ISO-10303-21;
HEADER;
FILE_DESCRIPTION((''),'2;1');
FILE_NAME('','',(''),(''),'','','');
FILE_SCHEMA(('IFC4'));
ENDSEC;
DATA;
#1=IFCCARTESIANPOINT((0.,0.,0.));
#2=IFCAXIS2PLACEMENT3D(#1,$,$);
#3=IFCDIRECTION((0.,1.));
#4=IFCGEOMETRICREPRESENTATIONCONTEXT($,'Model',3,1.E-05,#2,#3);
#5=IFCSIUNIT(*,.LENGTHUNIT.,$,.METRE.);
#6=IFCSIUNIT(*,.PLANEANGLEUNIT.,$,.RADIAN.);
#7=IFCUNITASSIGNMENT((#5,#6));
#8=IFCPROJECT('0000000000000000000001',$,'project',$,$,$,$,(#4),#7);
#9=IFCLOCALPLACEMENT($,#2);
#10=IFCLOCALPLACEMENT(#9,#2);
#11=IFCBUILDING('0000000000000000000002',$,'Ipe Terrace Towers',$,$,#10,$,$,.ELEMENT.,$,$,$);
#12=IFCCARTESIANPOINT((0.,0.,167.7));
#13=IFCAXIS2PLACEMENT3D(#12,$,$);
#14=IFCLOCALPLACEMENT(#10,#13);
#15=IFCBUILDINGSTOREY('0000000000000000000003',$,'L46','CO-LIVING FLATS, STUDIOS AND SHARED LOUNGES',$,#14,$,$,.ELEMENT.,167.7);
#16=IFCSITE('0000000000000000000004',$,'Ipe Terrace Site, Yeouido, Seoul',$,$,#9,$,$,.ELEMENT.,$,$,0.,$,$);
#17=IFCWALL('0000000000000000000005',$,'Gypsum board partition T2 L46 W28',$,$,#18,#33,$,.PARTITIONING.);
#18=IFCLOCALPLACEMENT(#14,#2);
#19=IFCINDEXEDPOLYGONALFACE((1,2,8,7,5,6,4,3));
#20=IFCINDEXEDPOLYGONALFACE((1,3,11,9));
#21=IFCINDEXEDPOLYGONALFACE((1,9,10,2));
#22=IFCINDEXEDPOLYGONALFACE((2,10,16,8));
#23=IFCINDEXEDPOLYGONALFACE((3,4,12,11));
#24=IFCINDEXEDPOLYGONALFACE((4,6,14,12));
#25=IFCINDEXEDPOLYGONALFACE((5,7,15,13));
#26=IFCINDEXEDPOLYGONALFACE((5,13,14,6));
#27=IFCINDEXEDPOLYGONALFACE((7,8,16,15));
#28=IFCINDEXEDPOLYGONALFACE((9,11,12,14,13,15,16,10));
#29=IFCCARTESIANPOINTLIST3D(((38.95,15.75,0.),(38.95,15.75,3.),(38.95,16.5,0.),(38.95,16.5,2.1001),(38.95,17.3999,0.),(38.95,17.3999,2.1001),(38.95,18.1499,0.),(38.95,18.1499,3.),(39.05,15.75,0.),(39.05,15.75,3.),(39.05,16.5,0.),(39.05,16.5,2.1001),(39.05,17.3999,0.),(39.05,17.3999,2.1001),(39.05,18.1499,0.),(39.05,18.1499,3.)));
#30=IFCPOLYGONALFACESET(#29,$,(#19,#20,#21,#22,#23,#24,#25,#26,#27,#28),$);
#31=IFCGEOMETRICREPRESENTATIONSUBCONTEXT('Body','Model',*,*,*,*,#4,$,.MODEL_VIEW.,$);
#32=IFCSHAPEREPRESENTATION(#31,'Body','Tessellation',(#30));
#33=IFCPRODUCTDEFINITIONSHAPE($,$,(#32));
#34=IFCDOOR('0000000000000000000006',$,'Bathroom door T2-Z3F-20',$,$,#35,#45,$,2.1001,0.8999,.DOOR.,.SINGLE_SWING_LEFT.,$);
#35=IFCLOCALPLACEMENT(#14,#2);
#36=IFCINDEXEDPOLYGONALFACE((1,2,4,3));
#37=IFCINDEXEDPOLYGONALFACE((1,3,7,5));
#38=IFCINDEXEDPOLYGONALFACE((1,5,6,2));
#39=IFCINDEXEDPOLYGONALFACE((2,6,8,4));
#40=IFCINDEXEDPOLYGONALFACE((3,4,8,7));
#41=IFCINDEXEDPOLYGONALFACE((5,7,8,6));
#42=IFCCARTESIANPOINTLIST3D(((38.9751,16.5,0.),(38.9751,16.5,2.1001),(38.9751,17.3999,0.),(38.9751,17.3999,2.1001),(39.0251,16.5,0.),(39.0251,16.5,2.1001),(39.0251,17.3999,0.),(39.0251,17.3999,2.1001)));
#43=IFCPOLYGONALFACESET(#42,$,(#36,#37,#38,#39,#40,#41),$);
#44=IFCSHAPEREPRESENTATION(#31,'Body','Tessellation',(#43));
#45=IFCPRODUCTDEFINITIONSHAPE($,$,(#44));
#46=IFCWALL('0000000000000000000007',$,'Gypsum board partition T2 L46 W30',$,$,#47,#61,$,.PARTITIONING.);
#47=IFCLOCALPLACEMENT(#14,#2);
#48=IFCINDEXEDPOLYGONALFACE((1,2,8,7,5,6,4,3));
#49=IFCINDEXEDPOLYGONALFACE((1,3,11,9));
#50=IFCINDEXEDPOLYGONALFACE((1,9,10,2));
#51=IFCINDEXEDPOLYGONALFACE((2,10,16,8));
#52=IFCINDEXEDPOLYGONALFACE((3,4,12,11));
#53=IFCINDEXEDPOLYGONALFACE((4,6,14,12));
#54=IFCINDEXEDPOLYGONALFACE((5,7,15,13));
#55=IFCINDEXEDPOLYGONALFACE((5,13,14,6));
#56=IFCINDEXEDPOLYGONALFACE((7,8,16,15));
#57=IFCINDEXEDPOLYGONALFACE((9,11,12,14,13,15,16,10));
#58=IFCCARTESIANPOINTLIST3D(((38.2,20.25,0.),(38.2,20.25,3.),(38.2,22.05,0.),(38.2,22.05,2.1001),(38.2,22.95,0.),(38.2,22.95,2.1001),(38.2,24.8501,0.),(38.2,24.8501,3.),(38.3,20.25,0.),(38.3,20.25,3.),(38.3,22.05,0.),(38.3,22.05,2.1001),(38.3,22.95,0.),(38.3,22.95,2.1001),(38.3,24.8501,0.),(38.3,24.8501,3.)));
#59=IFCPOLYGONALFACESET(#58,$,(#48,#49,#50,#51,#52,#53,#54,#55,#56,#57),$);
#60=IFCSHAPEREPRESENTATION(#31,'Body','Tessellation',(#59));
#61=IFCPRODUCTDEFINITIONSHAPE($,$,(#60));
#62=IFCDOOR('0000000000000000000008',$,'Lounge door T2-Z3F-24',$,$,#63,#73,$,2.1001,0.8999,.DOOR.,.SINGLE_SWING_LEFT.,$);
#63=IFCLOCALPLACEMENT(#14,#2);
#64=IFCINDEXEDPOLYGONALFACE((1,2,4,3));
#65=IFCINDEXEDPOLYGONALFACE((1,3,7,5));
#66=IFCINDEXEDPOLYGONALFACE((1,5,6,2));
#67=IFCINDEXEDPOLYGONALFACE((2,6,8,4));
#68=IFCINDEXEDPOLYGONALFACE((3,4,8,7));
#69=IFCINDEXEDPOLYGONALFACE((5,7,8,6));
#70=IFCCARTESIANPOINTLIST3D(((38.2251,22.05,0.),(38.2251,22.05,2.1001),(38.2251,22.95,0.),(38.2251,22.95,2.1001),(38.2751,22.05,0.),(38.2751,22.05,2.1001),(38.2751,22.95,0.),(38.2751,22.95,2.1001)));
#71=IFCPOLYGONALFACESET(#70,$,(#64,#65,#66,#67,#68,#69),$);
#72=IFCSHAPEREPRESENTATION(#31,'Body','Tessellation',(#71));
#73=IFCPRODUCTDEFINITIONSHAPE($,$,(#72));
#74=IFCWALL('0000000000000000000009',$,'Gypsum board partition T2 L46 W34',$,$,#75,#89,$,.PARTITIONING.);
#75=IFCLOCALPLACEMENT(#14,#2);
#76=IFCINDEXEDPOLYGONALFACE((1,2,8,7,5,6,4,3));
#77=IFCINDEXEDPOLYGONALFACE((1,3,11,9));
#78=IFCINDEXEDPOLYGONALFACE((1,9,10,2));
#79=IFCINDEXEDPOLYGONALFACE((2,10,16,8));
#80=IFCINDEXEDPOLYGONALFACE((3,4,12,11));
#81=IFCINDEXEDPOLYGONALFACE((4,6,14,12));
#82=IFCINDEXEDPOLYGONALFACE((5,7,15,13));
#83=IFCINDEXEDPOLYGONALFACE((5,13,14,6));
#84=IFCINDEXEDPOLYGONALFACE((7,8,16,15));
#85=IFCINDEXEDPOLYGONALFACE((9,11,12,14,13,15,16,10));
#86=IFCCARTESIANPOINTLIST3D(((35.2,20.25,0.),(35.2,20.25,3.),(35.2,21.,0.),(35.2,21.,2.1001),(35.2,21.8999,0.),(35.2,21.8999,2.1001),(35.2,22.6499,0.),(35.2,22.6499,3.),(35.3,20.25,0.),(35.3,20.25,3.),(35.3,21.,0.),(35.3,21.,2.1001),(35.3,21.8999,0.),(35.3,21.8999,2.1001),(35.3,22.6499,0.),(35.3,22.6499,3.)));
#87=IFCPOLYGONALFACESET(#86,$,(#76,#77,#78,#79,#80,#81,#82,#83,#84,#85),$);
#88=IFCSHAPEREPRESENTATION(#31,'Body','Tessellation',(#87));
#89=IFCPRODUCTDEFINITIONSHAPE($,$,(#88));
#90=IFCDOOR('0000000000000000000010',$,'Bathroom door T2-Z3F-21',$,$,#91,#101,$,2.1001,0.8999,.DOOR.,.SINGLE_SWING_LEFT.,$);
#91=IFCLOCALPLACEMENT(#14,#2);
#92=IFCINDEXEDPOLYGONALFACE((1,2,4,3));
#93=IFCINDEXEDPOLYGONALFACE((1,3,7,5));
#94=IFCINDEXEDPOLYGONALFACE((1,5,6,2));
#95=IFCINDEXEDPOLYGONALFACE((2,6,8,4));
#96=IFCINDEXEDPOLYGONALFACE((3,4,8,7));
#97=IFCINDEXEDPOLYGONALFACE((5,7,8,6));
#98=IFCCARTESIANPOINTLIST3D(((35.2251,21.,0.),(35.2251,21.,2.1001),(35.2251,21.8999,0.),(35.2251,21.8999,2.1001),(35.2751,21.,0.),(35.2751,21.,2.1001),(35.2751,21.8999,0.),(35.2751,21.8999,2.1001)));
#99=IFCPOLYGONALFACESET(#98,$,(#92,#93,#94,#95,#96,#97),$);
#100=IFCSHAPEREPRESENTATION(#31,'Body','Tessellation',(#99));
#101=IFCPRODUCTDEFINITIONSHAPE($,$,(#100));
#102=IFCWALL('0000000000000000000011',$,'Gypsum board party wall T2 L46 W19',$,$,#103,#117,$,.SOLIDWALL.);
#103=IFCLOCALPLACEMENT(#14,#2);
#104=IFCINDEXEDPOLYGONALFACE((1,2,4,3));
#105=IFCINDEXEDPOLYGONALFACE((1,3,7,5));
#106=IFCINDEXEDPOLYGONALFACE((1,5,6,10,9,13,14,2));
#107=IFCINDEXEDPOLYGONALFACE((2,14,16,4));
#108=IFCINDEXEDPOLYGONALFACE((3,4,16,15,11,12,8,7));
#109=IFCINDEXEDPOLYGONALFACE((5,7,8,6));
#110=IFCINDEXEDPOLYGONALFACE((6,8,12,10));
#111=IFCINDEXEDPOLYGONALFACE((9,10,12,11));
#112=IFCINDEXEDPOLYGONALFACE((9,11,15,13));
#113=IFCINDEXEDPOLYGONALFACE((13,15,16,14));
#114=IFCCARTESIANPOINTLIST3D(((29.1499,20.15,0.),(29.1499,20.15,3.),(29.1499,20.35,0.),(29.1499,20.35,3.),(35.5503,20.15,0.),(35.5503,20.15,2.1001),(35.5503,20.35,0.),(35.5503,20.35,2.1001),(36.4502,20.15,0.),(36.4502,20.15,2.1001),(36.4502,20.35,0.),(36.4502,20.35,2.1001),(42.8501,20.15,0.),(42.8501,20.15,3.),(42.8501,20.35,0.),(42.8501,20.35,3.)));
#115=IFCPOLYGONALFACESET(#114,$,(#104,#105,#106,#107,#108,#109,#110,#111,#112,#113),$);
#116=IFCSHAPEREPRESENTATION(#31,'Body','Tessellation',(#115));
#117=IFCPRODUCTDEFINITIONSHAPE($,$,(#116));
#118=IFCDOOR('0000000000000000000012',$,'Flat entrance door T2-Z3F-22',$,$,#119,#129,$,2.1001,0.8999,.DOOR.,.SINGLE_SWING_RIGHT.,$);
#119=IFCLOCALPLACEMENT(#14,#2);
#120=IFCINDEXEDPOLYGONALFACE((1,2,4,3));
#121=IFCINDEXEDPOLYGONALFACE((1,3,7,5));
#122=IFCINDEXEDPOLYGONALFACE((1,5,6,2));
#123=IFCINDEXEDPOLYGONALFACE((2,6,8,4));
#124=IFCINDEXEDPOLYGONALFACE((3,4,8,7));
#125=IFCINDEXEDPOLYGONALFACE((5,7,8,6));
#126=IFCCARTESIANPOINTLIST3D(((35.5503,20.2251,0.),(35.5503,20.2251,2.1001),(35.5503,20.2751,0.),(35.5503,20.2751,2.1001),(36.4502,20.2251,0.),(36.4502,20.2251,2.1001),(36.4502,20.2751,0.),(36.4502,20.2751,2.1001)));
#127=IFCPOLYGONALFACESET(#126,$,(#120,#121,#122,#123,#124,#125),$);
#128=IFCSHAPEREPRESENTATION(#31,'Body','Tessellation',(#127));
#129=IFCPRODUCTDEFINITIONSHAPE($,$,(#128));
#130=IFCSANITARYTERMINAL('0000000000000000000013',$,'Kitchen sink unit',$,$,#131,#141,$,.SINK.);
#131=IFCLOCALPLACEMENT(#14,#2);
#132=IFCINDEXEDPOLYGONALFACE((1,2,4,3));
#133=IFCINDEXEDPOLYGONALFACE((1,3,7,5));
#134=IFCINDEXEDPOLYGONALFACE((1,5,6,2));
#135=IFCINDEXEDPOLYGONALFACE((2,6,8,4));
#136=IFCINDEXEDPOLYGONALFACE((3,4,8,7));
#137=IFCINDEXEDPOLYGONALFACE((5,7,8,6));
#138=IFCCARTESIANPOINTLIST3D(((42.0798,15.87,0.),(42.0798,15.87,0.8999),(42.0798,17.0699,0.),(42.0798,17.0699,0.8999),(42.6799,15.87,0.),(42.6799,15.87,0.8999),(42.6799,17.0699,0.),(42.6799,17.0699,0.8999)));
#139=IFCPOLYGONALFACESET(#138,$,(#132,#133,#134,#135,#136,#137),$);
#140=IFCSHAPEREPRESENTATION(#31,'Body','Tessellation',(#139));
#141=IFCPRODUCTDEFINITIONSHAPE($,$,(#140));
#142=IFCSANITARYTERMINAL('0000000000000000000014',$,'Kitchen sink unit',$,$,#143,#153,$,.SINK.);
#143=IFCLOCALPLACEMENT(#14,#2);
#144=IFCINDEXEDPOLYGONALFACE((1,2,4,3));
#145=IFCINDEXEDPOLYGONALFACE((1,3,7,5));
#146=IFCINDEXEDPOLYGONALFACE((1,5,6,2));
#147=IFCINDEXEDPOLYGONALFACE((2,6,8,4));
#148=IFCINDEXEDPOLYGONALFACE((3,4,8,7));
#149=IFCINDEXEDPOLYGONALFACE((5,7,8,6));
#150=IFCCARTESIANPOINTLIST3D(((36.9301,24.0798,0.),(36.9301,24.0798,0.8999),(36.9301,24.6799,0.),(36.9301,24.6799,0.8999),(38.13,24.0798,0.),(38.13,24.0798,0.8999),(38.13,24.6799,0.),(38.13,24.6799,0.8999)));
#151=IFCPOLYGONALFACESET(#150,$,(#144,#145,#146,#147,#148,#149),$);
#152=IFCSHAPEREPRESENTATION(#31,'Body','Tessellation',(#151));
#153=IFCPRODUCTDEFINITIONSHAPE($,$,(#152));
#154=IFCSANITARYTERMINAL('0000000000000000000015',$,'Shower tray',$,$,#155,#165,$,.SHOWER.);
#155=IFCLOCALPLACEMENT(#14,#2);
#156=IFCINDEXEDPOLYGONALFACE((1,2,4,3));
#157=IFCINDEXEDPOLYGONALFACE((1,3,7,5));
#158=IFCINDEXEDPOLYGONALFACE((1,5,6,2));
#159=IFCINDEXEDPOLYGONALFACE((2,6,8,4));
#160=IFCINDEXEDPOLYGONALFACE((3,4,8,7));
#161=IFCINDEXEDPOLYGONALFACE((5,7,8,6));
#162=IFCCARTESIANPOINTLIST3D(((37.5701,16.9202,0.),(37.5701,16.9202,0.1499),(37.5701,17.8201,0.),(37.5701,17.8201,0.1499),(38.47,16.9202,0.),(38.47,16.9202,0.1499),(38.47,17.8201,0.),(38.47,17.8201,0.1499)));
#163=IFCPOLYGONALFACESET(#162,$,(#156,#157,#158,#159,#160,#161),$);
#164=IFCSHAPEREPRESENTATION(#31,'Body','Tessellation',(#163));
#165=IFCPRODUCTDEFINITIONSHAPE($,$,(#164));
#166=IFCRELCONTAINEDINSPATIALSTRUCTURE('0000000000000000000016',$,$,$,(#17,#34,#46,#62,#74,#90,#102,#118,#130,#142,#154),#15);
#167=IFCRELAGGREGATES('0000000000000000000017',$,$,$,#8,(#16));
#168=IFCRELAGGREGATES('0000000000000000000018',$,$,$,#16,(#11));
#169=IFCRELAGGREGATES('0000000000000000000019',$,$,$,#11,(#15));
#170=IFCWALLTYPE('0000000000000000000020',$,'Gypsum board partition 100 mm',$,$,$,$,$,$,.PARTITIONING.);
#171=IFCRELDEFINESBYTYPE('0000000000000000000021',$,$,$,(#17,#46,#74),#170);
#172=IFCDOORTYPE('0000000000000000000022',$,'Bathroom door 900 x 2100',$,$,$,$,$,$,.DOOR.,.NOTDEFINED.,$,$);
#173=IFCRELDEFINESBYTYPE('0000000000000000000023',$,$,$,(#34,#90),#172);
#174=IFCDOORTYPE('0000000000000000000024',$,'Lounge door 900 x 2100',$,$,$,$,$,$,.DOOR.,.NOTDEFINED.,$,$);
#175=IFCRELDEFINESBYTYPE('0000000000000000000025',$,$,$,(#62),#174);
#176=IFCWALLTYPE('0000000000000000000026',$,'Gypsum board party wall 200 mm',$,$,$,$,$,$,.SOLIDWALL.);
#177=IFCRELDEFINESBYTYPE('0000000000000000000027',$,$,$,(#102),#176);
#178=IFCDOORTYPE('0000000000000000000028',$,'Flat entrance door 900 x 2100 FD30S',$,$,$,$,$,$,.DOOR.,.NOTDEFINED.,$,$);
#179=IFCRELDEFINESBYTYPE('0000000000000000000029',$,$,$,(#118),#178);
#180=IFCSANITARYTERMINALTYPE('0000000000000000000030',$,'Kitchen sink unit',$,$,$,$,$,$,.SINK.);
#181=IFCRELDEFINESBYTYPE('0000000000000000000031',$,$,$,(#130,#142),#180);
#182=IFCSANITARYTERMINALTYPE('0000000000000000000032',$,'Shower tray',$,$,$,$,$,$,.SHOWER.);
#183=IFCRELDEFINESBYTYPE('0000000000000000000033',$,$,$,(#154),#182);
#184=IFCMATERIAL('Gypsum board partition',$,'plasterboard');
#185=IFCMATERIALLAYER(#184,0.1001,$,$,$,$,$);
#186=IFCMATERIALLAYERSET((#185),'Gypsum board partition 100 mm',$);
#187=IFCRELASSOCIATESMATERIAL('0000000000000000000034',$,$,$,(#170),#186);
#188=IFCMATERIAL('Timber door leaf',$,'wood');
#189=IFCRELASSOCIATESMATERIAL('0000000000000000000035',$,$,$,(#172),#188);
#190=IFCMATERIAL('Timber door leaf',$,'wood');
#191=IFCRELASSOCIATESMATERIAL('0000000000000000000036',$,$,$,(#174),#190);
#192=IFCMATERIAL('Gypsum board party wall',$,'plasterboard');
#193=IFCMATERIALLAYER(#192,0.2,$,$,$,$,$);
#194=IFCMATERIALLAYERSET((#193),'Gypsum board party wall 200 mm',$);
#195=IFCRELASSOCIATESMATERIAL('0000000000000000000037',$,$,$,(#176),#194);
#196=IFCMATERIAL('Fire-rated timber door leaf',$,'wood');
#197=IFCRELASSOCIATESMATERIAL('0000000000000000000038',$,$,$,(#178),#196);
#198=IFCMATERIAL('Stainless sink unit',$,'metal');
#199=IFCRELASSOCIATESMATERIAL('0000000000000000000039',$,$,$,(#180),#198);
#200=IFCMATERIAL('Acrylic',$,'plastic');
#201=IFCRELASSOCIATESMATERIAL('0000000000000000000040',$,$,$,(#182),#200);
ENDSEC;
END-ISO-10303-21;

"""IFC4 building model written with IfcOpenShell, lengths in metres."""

from ifc_helpers import new_model, si_unit, direction, frame, frame_2d, origin, origin_2d, place, context, subcontext, project, spatial, rectangle, extrude, material, layer, layer_set, type_object, element, fill, save


model = new_model("IFC4")

# Units and contexts
model_context = context("Model", 3, precision=1e-05, world=origin(), true_north=direction((0.0, 1.0)))
body_context = subcontext(model_context, "Body", "Model", "MODEL_VIEW")
ifc_project = project(units=[si_unit("LENGTHUNIT", "METRE"), si_unit("PLANEANGLEUNIT", "RADIAN")], contexts=[model_context])

# Site, building, storey
site_placement = place(None, origin())
site = spatial("IfcSite", under=ifc_project, at=site_placement, Name="Ipe Terrace Site, Yeouido, Seoul", CompositionType="ELEMENT", RefElevation=0.0)
building_placement = place(site_placement, origin())
building = spatial("IfcBuilding", under=site, at=building_placement, Name="Ipe Terrace Towers", CompositionType="ELEMENT")
storey_placement = place(building_placement, frame((0.0, 0.0, 167.7)))
storey = spatial("IfcBuildingStorey", under=building, at=storey_placement, Name="L46", Description="CO-LIVING FLATS, STUDIOS AND SHARED LOUNGES", CompositionType="ELEMENT", Elevation=167.7)

# Shared definitions
ifc_material_1 = material(Name="Gypsum board partition", Category="plasterboard")
ifc_layer_1 = layer(ifc_material_1, 0.1001)
ifc_layer_set_1 = layer_set([ifc_layer_1], Name="Gypsum board partition 100 mm")
wall_type_1 = type_object("IfcWallType", Name="Gypsum board partition 100 mm", PredefinedType="PARTITIONING", material=ifc_layer_set_1)

# Shared definitions
ifc_material_2 = material(Name="Timber door leaf", Category="wood")
door_type_1 = type_object("IfcDoorType", Name="Bathroom door 900 x 2100", OperationType="NOTDEFINED", PredefinedType="DOOR", material=ifc_material_2)

# Walls, openings, doors
wall_1_placement = place(storey_placement, frame((39.0, 15.75, 0.0), z_axis=(0.0, 0.0, 1.0), x_axis=(0.0, 1.0, 0.0)))
wall_1 = element("IfcWall", 1, at=wall_1_placement, inside=storey, type_object=wall_type_1, Name="Gypsum board partition T2 L46 W28", PredefinedType="PARTITIONING", context=body_context, shape_type="SweptSolid", body=[
    extrude(rectangle(XDim=2.3999, YDim=0.1001, at=frame_2d((1.2, 0.0))), origin(), (0.0, 0.0, 1.0), 3.0),
])
opening_1_placement = place(wall_1_placement, frame((0.75, 0.0, 0.0)))
opening_1 = element("IfcOpeningElement", 2, at=opening_1_placement, cuts=wall_1, PredefinedType="OPENING", context=body_context, shape_type="SweptSolid", body=[
    extrude(rectangle(XDim=0.8999, YDim=2.1001, at=frame_2d((0.45, 1.05))), frame((0.0, 0.0601, 0.0), z_axis=(0.0, -1.0, 0.0), x_axis=(1.0, 0.0, 0.0)), (0.0, 0.0, 1.0), 0.1201),
])
door_1_placement = place(opening_1_placement, origin())
door_1 = element("IfcDoor", 3, at=door_1_placement, inside=storey, type_object=door_type_1, Name="Bathroom door T2-Z3F-20", OperationType="SINGLE_SWING_LEFT", OverallHeight=2.1001, OverallWidth=0.8999, PredefinedType="DOOR", context=body_context, shape_type="SweptSolid", body=[
    extrude(rectangle(XDim=0.8999, YDim=2.1001, at=frame_2d((0.45, 1.05))), frame((0.0, 0.0249, 0.0), z_axis=(0.0, -1.0, 0.0), x_axis=(1.0, 0.0, 0.0)), (0.0, 0.0, 1.0), 0.05),
])
fill(opening_1, door_1)
wall_2_placement = place(storey_placement, frame((38.25, 20.25, 0.0), z_axis=(0.0, 0.0, 1.0), x_axis=(0.0, 1.0, 0.0)))
wall_2 = element("IfcWall", 4, at=wall_2_placement, inside=storey, type_object=wall_type_1, Name="Gypsum board partition T2 L46 W30", PredefinedType="PARTITIONING", context=body_context, shape_type="SweptSolid", body=[
    extrude(rectangle(XDim=4.6001, YDim=0.1001, at=frame_2d((2.3, 0.0))), origin(), (0.0, 0.0, 1.0), 3.0),
])
opening_2_placement = place(wall_2_placement, frame((1.8, 0.0, 0.0)))
opening_2 = element("IfcOpeningElement", 5, at=opening_2_placement, cuts=wall_2, PredefinedType="OPENING", context=body_context, shape_type="SweptSolid", body=[
    extrude(rectangle(XDim=0.8999, YDim=2.1001, at=frame_2d((0.45, 1.05))), frame((0.0, 0.0601, 0.0), z_axis=(0.0, -1.0, 0.0), x_axis=(1.0, 0.0, 0.0)), (0.0, 0.0, 1.0), 0.1201),
])
ifc_material_3 = material(Name="Timber door leaf", Category="wood")
door_type_2 = type_object("IfcDoorType", Name="Lounge door 900 x 2100", OperationType="NOTDEFINED", PredefinedType="DOOR", material=ifc_material_3)
door_2_placement = place(opening_2_placement, origin())
door_2 = element("IfcDoor", 6, at=door_2_placement, inside=storey, type_object=door_type_2, Name="Lounge door T2-Z3F-24", OperationType="SINGLE_SWING_LEFT", OverallHeight=2.1001, OverallWidth=0.8999, PredefinedType="DOOR", context=body_context, shape_type="SweptSolid", body=[
    extrude(rectangle(XDim=0.8999, YDim=2.1001, at=frame_2d((0.45, 1.05))), frame((0.0, 0.0249, 0.0), z_axis=(0.0, -1.0, 0.0), x_axis=(1.0, 0.0, 0.0)), (0.0, 0.0, 1.0), 0.05),
])
fill(opening_2, door_2)
wall_3_placement = place(storey_placement, frame((35.25, 20.25, 0.0), z_axis=(0.0, 0.0, 1.0), x_axis=(0.0, 1.0, 0.0)))
wall_3 = element("IfcWall", 7, at=wall_3_placement, inside=storey, type_object=wall_type_1, Name="Gypsum board partition T2 L46 W34", PredefinedType="PARTITIONING", context=body_context, shape_type="SweptSolid", body=[
    extrude(rectangle(XDim=2.3999, YDim=0.1001, at=frame_2d((1.2, 0.0))), origin(), (0.0, 0.0, 1.0), 3.0),
])
opening_3_placement = place(wall_3_placement, frame((0.75, 0.0, 0.0)))
opening_3 = element("IfcOpeningElement", 8, at=opening_3_placement, cuts=wall_3, PredefinedType="OPENING", context=body_context, shape_type="SweptSolid", body=[
    extrude(rectangle(XDim=0.8999, YDim=2.1001, at=frame_2d((0.45, 1.05))), frame((0.0, 0.0601, 0.0), z_axis=(0.0, -1.0, 0.0), x_axis=(1.0, 0.0, 0.0)), (0.0, 0.0, 1.0), 0.1201),
])
door_3_placement = place(opening_3_placement, origin())
door_3 = element("IfcDoor", 9, at=door_3_placement, inside=storey, type_object=door_type_1, Name="Bathroom door T2-Z3F-21", OperationType="SINGLE_SWING_LEFT", OverallHeight=2.1001, OverallWidth=0.8999, PredefinedType="DOOR", context=body_context, shape_type="SweptSolid", body=[
    extrude(rectangle(XDim=0.8999, YDim=2.1001, at=frame_2d((0.45, 1.05))), frame((0.0, 0.0249, 0.0), z_axis=(0.0, -1.0, 0.0), x_axis=(1.0, 0.0, 0.0)), (0.0, 0.0, 1.0), 0.05),
])
fill(opening_3, door_3)
ifc_material_4 = material(Name="Gypsum board party wall", Category="plasterboard")
ifc_layer_2 = layer(ifc_material_4, 0.2)
ifc_layer_set_2 = layer_set([ifc_layer_2], Name="Gypsum board party wall 200 mm")
wall_type_2 = type_object("IfcWallType", Name="Gypsum board party wall 200 mm", PredefinedType="SOLIDWALL", material=ifc_layer_set_2)
wall_4_placement = place(storey_placement, frame((42.8501, 20.25, 0.0), z_axis=(0.0, 0.0, 1.0), x_axis=(-1.0, 0.0, 0.0)))
wall_4 = element("IfcWall", 10, at=wall_4_placement, inside=storey, type_object=wall_type_2, Name="Gypsum board party wall T2 L46 W19", PredefinedType="SOLIDWALL", context=body_context, shape_type="SweptSolid", body=[
    extrude(rectangle(XDim=13.7002, YDim=0.2, at=frame_2d((6.8501, 0.0))), origin(), (0.0, 0.0, 1.0), 3.0),
])
opening_4_placement = place(wall_4_placement, frame((6.3999, 0.0, 0.0)))
opening_4 = element("IfcOpeningElement", 11, at=opening_4_placement, cuts=wall_4, PredefinedType="OPENING", context=body_context, shape_type="SweptSolid", body=[
    extrude(rectangle(XDim=0.8999, YDim=2.1001, at=frame_2d((0.45, 1.05))), frame((0.0, 0.1099, 0.0), z_axis=(0.0, -1.0, 0.0), x_axis=(1.0, 0.0, 0.0)), (0.0, 0.0, 1.0), 0.22),
])
ifc_material_5 = material(Name="Fire-rated timber door leaf", Category="wood")
door_type_3 = type_object("IfcDoorType", Name="Flat entrance door 900 x 2100 FD30S", OperationType="NOTDEFINED", PredefinedType="DOOR", material=ifc_material_5)
door_4_placement = place(opening_4_placement, origin())
door_4 = element("IfcDoor", 12, at=door_4_placement, inside=storey, type_object=door_type_3, Name="Flat entrance door T2-Z3F-22", OperationType="SINGLE_SWING_RIGHT", OverallHeight=2.1001, OverallWidth=0.8999, PredefinedType="DOOR", context=body_context, shape_type="SweptSolid", body=[
    extrude(rectangle(XDim=0.8999, YDim=2.1001, at=frame_2d((0.45, 1.05))), frame((0.0, 0.0249, 0.0), z_axis=(0.0, -1.0, 0.0), x_axis=(1.0, 0.0, 0.0)), (0.0, 0.0, 1.0), 0.05),
])
fill(opening_4, door_4)

# Sanitary terminals
ifc_material_6 = material(Name="Stainless sink unit", Category="metal")
sanitary_terminal_type_1 = type_object("IfcSanitaryTerminalType", Name="Kitchen sink unit", PredefinedType="SINK", material=ifc_material_6)
for number, where, z_axis, x_axis, name in (
    (13, (42.3799, 16.47, 0.0), (0.0, 0.0, 1.0), (0.0, -1.0, 0.0), "Kitchen sink unit"),
    (14, (37.53, 24.3799, 0.0), (0.0, 0.0, 1.0), (1.0, 0.0, 0.0), "Kitchen sink unit"),
):
    element("IfcSanitaryTerminal", number, at=place(storey_placement, frame(where, z_axis=z_axis, x_axis=x_axis)), inside=storey, type_object=sanitary_terminal_type_1, Name=name, PredefinedType="SINK", context=body_context, shape_type="SweptSolid", body=[
        extrude(rectangle(XDim=1.2, YDim=0.6001, at=origin_2d()), origin(), (0.0, 0.0, 1.0), 0.8999),
    ])
ifc_material_7 = material(Name="Acrylic", Category="plastic")
sanitary_terminal_type_2 = type_object("IfcSanitaryTerminalType", Name="Shower tray", PredefinedType="SHOWER", material=ifc_material_7)
sanitary_terminal_1_placement = place(storey_placement, frame((38.02, 17.3701, 0.0), z_axis=(0.0, 0.0, 1.0), x_axis=(1.0, 0.0, 0.0)))
element("IfcSanitaryTerminal", 15, at=sanitary_terminal_1_placement, inside=storey, type_object=sanitary_terminal_type_2, Name="Shower tray", PredefinedType="SHOWER", context=body_context, shape_type="SweptSolid", body=[
    extrude(rectangle(XDim=0.8999, YDim=0.8999, at=origin_2d()), origin(), (0.0, 0.0, 1.0), 0.1499),
])

save(model, "model.ifc")
